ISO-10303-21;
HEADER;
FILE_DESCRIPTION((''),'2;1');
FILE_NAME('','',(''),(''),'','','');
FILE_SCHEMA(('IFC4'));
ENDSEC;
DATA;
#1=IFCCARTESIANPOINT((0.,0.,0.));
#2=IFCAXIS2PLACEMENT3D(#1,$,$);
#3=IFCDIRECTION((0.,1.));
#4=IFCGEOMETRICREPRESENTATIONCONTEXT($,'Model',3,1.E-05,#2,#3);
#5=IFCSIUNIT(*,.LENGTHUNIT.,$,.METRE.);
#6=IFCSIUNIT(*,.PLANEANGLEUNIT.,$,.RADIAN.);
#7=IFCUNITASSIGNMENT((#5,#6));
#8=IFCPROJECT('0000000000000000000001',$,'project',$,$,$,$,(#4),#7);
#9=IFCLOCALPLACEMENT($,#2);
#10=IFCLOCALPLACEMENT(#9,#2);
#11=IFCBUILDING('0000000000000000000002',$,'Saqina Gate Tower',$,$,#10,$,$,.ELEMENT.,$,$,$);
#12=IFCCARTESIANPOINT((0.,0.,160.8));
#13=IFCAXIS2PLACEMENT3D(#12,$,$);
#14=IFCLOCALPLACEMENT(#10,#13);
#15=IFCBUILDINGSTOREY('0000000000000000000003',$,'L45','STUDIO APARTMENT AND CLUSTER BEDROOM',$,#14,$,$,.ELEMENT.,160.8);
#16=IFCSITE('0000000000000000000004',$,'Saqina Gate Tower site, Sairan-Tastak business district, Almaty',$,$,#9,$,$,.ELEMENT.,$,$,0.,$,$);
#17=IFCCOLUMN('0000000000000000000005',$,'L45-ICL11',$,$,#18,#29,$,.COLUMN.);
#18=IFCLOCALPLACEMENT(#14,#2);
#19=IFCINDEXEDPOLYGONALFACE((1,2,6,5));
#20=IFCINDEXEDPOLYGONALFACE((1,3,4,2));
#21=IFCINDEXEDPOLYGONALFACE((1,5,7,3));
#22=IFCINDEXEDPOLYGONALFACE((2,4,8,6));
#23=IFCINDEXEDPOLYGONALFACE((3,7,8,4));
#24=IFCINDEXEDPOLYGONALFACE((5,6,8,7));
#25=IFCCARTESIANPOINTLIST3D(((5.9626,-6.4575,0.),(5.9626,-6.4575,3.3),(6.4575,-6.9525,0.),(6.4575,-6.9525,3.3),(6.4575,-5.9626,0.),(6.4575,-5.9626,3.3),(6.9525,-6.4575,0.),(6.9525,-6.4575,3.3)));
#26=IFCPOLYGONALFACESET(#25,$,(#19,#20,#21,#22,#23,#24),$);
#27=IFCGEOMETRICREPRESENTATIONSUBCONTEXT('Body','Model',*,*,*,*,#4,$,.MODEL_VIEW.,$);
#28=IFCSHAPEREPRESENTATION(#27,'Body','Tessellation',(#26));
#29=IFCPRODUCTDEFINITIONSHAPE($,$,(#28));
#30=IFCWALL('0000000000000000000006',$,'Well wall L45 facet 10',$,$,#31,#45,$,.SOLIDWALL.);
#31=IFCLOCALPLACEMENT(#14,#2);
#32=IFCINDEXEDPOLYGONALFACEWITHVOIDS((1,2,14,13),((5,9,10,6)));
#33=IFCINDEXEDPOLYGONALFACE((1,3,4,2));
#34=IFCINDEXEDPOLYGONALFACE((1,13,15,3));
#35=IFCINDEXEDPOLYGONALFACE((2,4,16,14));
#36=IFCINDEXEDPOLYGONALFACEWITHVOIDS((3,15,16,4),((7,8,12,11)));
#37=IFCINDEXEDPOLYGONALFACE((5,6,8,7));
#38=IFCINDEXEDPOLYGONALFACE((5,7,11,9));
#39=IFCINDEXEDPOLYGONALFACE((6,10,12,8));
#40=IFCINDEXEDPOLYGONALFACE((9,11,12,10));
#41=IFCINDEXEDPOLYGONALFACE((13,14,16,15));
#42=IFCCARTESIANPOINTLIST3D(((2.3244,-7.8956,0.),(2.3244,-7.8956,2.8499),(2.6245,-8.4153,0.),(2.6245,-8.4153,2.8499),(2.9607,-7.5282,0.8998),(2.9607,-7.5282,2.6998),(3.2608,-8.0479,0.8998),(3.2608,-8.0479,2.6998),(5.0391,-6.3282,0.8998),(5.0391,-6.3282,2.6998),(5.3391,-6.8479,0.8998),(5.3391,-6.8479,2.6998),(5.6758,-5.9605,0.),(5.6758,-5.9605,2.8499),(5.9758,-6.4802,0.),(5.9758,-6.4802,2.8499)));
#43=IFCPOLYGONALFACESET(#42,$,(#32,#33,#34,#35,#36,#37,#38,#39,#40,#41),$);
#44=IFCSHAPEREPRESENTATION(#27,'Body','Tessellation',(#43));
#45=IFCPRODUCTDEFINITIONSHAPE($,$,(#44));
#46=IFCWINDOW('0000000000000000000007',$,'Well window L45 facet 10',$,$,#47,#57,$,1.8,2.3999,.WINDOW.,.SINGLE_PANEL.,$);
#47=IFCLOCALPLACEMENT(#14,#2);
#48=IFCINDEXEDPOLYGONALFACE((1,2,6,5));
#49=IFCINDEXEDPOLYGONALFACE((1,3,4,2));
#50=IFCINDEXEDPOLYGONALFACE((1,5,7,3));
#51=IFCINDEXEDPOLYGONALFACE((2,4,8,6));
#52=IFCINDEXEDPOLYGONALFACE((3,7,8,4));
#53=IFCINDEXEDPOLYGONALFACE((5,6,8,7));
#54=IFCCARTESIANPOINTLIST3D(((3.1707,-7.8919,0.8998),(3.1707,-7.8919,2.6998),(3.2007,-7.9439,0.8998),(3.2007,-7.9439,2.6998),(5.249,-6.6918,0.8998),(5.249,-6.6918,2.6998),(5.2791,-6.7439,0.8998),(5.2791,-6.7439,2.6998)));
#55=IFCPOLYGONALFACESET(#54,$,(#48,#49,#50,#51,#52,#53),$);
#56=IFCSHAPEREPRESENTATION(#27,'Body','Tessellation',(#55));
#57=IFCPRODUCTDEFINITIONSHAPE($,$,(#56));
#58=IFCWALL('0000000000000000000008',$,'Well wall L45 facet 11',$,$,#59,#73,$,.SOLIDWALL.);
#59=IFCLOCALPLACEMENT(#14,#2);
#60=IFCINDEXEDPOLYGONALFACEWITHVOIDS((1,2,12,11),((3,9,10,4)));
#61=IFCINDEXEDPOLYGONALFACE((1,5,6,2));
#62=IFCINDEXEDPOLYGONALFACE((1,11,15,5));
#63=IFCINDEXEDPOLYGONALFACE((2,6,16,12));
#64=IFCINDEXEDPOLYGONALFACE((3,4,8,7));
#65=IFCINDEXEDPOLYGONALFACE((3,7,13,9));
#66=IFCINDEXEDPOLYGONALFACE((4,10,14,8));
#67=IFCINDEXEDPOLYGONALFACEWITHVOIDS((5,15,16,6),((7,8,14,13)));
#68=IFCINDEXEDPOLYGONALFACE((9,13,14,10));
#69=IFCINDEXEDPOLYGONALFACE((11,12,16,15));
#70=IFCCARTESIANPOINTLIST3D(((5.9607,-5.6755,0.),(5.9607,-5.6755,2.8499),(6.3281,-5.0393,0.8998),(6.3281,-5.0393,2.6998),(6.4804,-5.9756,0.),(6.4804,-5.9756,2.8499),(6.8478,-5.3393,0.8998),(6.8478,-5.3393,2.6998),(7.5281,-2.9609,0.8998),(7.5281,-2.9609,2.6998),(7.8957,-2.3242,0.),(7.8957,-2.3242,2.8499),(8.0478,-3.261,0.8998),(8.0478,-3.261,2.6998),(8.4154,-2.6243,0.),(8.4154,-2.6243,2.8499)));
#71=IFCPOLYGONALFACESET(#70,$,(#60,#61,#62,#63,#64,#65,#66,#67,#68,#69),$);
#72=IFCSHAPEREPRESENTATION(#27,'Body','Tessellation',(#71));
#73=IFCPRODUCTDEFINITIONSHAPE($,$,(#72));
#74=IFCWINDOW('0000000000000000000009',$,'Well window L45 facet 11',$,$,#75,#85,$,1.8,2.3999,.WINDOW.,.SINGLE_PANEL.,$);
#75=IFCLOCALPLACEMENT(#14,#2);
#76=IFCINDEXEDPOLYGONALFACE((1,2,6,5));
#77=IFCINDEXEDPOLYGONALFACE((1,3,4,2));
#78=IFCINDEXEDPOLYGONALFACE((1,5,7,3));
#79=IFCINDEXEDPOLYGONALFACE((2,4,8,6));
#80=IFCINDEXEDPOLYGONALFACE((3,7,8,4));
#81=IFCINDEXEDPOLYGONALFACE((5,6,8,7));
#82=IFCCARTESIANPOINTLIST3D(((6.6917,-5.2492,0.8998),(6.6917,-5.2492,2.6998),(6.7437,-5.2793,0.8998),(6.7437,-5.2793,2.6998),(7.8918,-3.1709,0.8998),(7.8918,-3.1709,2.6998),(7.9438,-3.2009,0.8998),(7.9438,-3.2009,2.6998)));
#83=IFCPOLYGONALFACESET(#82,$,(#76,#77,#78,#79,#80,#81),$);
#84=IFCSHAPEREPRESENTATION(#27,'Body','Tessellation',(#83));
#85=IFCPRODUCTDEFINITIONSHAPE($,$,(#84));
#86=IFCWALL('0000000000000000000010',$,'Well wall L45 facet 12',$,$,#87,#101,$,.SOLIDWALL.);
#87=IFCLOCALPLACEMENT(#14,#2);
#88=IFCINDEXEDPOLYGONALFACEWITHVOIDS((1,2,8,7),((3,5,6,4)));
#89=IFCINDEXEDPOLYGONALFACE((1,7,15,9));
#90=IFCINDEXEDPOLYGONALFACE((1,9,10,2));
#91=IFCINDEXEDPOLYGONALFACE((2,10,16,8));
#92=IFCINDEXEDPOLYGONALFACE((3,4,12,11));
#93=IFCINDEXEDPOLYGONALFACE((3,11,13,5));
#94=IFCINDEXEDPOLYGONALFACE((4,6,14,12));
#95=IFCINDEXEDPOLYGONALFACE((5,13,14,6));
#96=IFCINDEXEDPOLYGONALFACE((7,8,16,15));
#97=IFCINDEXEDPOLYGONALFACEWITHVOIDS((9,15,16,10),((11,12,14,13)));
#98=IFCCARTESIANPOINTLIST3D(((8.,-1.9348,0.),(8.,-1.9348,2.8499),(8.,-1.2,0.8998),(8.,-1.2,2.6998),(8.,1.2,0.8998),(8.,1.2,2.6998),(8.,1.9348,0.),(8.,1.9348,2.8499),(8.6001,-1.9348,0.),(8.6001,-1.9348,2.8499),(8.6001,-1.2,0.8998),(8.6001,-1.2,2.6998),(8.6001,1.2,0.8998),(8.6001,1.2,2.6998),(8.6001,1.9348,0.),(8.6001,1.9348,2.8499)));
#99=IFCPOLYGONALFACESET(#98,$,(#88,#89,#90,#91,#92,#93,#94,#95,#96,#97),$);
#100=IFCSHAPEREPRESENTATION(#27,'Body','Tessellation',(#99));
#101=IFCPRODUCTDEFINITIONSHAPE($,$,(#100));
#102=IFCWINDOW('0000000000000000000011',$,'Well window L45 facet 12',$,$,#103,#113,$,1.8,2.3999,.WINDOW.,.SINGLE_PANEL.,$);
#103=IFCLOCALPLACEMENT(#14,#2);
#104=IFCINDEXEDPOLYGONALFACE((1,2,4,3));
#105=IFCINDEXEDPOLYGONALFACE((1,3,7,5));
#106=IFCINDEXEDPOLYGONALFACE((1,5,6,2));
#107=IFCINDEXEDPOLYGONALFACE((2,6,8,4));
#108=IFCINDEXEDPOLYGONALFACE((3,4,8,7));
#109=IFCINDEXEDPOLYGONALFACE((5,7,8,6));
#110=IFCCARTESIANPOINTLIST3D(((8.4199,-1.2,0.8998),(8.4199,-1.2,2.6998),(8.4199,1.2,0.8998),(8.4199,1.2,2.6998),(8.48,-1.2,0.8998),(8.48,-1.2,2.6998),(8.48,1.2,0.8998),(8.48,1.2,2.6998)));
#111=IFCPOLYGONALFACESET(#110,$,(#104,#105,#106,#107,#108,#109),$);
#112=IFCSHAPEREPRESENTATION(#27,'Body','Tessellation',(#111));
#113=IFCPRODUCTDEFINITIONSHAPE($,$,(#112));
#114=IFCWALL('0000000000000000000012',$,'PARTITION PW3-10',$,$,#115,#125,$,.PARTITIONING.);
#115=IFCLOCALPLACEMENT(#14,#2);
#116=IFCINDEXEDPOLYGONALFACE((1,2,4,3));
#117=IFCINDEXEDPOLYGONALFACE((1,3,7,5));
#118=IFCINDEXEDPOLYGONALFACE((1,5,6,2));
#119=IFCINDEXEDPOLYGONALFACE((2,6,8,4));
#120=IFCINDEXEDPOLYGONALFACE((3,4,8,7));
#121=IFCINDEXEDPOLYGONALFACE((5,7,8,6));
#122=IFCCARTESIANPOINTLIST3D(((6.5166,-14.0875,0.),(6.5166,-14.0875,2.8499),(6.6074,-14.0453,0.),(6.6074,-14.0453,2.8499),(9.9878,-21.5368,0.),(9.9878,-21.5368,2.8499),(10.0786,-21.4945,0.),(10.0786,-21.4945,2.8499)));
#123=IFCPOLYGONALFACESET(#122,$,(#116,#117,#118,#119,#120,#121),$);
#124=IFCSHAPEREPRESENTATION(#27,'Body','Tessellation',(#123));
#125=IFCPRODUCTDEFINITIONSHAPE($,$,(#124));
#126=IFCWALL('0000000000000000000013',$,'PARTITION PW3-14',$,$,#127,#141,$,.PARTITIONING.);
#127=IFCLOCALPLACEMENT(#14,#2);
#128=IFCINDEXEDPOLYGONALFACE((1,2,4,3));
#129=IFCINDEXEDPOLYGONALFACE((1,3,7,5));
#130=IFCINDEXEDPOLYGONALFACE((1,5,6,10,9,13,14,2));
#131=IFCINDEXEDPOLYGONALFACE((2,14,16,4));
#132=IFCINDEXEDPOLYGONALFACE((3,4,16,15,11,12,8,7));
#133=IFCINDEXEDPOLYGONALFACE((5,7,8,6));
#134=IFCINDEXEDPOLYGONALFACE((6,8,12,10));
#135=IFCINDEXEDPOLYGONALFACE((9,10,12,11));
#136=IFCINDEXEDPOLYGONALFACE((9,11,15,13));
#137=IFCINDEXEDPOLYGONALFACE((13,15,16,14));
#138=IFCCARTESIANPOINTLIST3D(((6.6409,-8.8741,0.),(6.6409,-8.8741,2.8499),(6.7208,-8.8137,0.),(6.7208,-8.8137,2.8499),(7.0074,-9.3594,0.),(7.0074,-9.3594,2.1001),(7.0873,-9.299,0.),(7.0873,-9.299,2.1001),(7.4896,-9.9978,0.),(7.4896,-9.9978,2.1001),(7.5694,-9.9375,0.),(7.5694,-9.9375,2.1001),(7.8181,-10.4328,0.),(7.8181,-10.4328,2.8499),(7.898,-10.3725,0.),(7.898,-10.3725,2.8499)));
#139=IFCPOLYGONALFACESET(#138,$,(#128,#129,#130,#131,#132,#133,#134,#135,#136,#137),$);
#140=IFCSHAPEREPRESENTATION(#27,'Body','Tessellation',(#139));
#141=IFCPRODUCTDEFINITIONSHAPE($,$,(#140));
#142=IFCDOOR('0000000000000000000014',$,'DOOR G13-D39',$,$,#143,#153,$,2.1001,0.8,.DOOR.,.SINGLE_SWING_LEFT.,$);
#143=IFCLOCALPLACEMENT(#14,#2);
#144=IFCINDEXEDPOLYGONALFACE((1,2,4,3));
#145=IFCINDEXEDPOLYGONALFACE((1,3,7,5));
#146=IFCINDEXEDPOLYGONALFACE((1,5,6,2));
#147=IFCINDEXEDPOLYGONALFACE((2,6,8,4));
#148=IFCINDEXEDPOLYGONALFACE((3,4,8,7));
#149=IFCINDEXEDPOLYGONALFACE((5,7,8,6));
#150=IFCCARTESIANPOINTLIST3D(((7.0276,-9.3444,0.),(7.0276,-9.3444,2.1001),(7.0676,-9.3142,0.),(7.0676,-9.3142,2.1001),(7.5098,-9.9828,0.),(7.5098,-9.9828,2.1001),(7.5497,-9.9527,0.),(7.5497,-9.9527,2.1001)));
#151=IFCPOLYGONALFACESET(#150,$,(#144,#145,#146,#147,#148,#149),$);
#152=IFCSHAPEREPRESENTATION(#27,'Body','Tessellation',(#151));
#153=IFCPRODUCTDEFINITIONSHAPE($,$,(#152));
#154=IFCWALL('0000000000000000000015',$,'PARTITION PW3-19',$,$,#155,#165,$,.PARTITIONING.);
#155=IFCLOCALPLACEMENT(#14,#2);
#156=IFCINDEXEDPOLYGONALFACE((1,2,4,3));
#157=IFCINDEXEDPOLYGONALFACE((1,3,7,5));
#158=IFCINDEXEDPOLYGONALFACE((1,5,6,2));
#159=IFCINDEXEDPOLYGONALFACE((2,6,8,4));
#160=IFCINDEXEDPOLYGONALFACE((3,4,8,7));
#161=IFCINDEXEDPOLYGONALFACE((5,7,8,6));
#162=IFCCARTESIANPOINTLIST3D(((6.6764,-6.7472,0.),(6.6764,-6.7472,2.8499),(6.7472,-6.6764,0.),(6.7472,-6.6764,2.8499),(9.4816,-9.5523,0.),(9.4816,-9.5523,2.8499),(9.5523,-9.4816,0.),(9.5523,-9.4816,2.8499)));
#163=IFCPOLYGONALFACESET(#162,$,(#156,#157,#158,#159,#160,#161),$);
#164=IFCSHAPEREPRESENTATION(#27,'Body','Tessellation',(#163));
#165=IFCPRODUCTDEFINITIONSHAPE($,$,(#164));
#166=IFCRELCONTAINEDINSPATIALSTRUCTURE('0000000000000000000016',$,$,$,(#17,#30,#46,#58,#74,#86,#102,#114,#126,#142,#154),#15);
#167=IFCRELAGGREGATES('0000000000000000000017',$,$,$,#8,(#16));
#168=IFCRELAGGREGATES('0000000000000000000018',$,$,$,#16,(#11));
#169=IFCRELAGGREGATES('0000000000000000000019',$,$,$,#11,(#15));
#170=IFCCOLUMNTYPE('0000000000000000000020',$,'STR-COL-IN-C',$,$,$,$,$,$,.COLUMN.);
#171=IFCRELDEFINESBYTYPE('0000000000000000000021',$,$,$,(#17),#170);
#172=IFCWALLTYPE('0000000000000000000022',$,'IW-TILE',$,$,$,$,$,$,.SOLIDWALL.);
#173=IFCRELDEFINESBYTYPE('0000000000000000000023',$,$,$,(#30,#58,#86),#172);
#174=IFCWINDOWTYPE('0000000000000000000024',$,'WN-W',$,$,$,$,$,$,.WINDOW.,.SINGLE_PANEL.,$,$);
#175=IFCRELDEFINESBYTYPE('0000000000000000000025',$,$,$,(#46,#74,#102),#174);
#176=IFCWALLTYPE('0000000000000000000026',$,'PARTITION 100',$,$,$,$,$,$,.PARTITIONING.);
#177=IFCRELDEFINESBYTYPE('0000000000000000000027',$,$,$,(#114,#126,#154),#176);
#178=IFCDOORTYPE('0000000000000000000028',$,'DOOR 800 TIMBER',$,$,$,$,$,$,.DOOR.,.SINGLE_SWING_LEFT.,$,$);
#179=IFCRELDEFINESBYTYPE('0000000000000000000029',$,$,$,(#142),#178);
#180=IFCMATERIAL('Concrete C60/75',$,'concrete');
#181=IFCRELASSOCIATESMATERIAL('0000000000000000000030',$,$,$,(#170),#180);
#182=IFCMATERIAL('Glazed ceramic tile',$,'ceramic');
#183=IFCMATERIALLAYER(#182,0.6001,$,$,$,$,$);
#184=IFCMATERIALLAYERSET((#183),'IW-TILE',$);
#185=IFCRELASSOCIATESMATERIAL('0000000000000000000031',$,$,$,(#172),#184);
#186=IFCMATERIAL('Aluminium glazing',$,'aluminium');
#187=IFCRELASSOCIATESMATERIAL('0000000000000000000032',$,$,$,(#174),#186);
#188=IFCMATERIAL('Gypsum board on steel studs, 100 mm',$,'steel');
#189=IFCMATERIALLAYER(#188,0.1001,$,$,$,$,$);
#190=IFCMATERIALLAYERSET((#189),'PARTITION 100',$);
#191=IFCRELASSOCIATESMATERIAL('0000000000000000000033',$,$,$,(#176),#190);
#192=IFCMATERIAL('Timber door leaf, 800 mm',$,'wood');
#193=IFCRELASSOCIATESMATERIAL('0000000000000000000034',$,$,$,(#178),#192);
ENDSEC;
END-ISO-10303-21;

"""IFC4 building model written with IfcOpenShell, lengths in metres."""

from ifc_helpers import new_model, si_unit, direction, frame, frame_2d, origin, origin_2d, place, context, subcontext, project, spatial, rectangle, extrude, material, layer, layer_set, material_profile, profile_set, type_object, element, fill, save


model = new_model("IFC4")

# Units and contexts
model_context = context("Model", 3, precision=1e-05, world=origin(), true_north=direction((0.0, 1.0)))
body_context = subcontext(model_context, "Body", "Model", "MODEL_VIEW")
ifc_project = project(units=[si_unit("LENGTHUNIT", "METRE"), si_unit("PLANEANGLEUNIT", "RADIAN")], contexts=[model_context])

# Site, building, storey
site_placement = place(None, origin())
site = spatial("IfcSite", under=ifc_project, at=site_placement, Name="Saqina Gate Tower site, Sairan-Tastak business district, Almaty", CompositionType="ELEMENT", RefElevation=0.0)
building_placement = place(site_placement, origin())
building = spatial("IfcBuilding", under=site, at=building_placement, Name="Saqina Gate Tower", CompositionType="ELEMENT")
storey_placement = place(building_placement, frame((0.0, 0.0, 160.8)))
storey = spatial("IfcBuildingStorey", under=building, at=storey_placement, Name="L45", Description="STUDIO APARTMENT AND CLUSTER BEDROOM", CompositionType="ELEMENT", Elevation=160.8)

# Column
ifc_material_1 = material(Name="Concrete C60/75", Category="concrete")
ifc_material_profile = material_profile(ifc_material_1, rectangle(XDim=0.7, YDim=0.7, at=origin_2d()), Name="RC 700x700")
ifc_profile_set = profile_set([ifc_material_profile], Name="Concrete C60/75")
column_type = type_object("IfcColumnType", Name="STR-COL-IN-C", PredefinedType="COLUMN", material=ifc_profile_set)
column_placement = place(storey_placement, frame((6.4575, -6.4575, 0.0), z_axis=(0.0, 0.0, 1.0), x_axis=(0.707107, -0.707107, 0.0)))
element("IfcColumn", 1, at=column_placement, inside=storey, type_object=column_type, Name="L45-ICL11", PredefinedType="COLUMN", context=body_context, shape_type="SweptSolid", body=[
    extrude(rectangle(XDim=0.7, YDim=0.7, at=origin_2d()), origin(), (0.0, 0.0, 1.0), 3.3),
])

# Walls, openings, windows
ifc_material_2 = material(Name="Glazed ceramic tile", Category="ceramic")
ifc_layer_1 = layer(ifc_material_2, 0.6001)
ifc_layer_set_1 = layer_set([ifc_layer_1], Name="IW-TILE")
wall_type_1 = type_object("IfcWallType", Name="IW-TILE", PredefinedType="SOLIDWALL", material=ifc_layer_set_1)
wall_1_placement = place(storey_placement, frame((2.4744, -8.1555, 0.0), z_axis=(0.0, 0.0, 1.0), x_axis=(0.866006, 0.500034, 0.0)))
wall_1 = element("IfcWall", 2, at=wall_1_placement, inside=storey, type_object=wall_type_1, Name="Well wall L45 facet 10", PredefinedType="SOLIDWALL", context=body_context, shape_type="SweptSolid", body=[
    extrude(rectangle(XDim=3.8699, YDim=0.6001, at=frame_2d((1.9351, 0.0))), origin(), (0.0, 0.0, 1.0), 2.8499),
])
opening_1_placement = place(wall_1_placement, frame((0.7349, 0.0, 0.8999)))
opening_1 = element("IfcOpeningElement", 3, at=opening_1_placement, cuts=wall_1, PredefinedType="OPENING", context=body_context, shape_type="SweptSolid", body=[
    extrude(rectangle(XDim=2.3999, YDim=1.8, at=frame_2d((1.2, 0.8999))), frame((0.0, 0.312, 0.0), z_axis=(0.0, -1.0, 0.0), x_axis=(1.0, 0.0, 0.0)), (0.0, 0.0, 1.0), 0.624),
])
ifc_material_3 = material(Name="Aluminium glazing", Category="aluminium")
window_type = type_object("IfcWindowType", Name="WN-W", PartitioningType="SINGLE_PANEL", PredefinedType="WINDOW", material=ifc_material_3)
window_1_placement = place(opening_1_placement, origin())
window_1 = element("IfcWindow", 4, at=window_1_placement, inside=storey, type_object=window_type, Name="Well window L45 facet 10", OverallHeight=1.8, OverallWidth=2.3999, PartitioningType="SINGLE_PANEL", PredefinedType="WINDOW", context=body_context, shape_type="SweptSolid", body=[
    extrude(rectangle(XDim=2.3999, YDim=1.8, at=frame_2d((1.2, 0.8999))), frame((0.0, -0.1199, 0.0), z_axis=(0.0, -1.0, 0.0), x_axis=(1.0, 0.0, 0.0)), (0.0, 0.0, 1.0), 0.0601),
])
fill(opening_1, window_1)
wall_2_placement = place(storey_placement, frame((6.2205, -5.8257, 0.0), z_axis=(0.0, 0.0, 1.0), x_axis=(0.500034, 0.866006, 0.0)))
wall_2 = element("IfcWall", 5, at=wall_2_placement, inside=storey, type_object=wall_type_1, Name="Well wall L45 facet 11", PredefinedType="SOLIDWALL", context=body_context, shape_type="SweptSolid", body=[
    extrude(rectangle(XDim=3.8699, YDim=0.6001, at=frame_2d((1.9351, 0.0))), origin(), (0.0, 0.0, 1.0), 2.8499),
])
opening_2_placement = place(wall_2_placement, frame((0.7349, 0.0, 0.8999)))
opening_2 = element("IfcOpeningElement", 6, at=opening_2_placement, cuts=wall_2, PredefinedType="OPENING", context=body_context, shape_type="SweptSolid", body=[
    extrude(rectangle(XDim=2.3999, YDim=1.8, at=frame_2d((1.2, 0.8999))), frame((0.0, 0.312, 0.0), z_axis=(0.0, -1.0, 0.0), x_axis=(1.0, 0.0, 0.0)), (0.0, 0.0, 1.0), 0.624),
])
window_2_placement = place(opening_2_placement, origin())
window_2 = element("IfcWindow", 7, at=window_2_placement, inside=storey, type_object=window_type, Name="Well window L45 facet 11", OverallHeight=1.8, OverallWidth=2.3999, PartitioningType="SINGLE_PANEL", PredefinedType="WINDOW", context=body_context, shape_type="SweptSolid", body=[
    extrude(rectangle(XDim=2.3999, YDim=1.8, at=frame_2d((1.2, 0.8999))), frame((0.0, -0.1199, 0.0), z_axis=(0.0, -1.0, 0.0), x_axis=(1.0, 0.0, 0.0)), (0.0, 0.0, 1.0), 0.0601),
])
fill(opening_2, window_2)
wall_3_placement = place(storey_placement, frame((8.3, -1.9348, 0.0), z_axis=(0.0, 0.0, 1.0), x_axis=(0.0, 1.0, 0.0)))
wall_3 = element("IfcWall", 8, at=wall_3_placement, inside=storey, type_object=wall_type_1, Name="Well wall L45 facet 12", PredefinedType="SOLIDWALL", context=body_context, shape_type="SweptSolid", body=[
    extrude(rectangle(XDim=3.8696, YDim=0.6001, at=frame_2d((1.9348, 0.0))), origin(), (0.0, 0.0, 1.0), 2.8499),
])
opening_3_placement = place(wall_3_placement, frame((0.7349, 0.0, 0.8999)))
opening_3 = element("IfcOpeningElement", 9, at=opening_3_placement, cuts=wall_3, PredefinedType="OPENING", context=body_context, shape_type="SweptSolid", body=[
    extrude(rectangle(XDim=2.3999, YDim=1.8, at=frame_2d((1.2, 0.8999))), frame((0.0, 0.312, 0.0), z_axis=(0.0, -1.0, 0.0), x_axis=(1.0, 0.0, 0.0)), (0.0, 0.0, 1.0), 0.624),
])
window_3_placement = place(opening_3_placement, origin())
window_3 = element("IfcWindow", 10, at=window_3_placement, inside=storey, type_object=window_type, Name="Well window L45 facet 12", OverallHeight=1.8, OverallWidth=2.3999, PartitioningType="SINGLE_PANEL", PredefinedType="WINDOW", context=body_context, shape_type="SweptSolid", body=[
    extrude(rectangle(XDim=2.3999, YDim=1.8, at=frame_2d((1.2, 0.8999))), frame((0.0, -0.1199, 0.0), z_axis=(0.0, -1.0, 0.0), x_axis=(1.0, 0.0, 0.0)), (0.0, 0.0, 1.0), 0.0601),
])
fill(opening_3, window_3)

# Wall
ifc_material_4 = material(Name="Gypsum board on steel studs, 100 mm", Category="steel")
ifc_layer_2 = layer(ifc_material_4, 0.1001)
ifc_layer_set_2 = layer_set([ifc_layer_2], Name="PARTITION 100")
wall_type_2 = type_object("IfcWallType", Name="PARTITION 100", PredefinedType="PARTITIONING", material=ifc_layer_set_2)
wall_4_placement = place(storey_placement, frame((6.562, -14.0664, 0.0), z_axis=(0.0, 0.0, 1.0), x_axis=(0.422375, -0.906421, 0.0)))
element("IfcWall", 11, at=wall_4_placement, inside=storey, type_object=wall_type_2, Name="PARTITION PW3-10", PredefinedType="PARTITIONING", context=body_context, shape_type="SweptSolid", body=[
    extrude(rectangle(XDim=8.2183, YDim=0.1001, at=frame_2d((4.1091, 0.0))), origin(), (0.0, 0.0, 1.0), 2.8499),
])

# Wall, opening, door
wall_5_placement = place(storey_placement, frame((6.6809, -8.844, 0.0), z_axis=(0.0, 0.0, 1.0), x_axis=(0.602656, -0.798001, 0.0)))
wall_5 = element("IfcWall", 12, at=wall_5_placement, inside=storey, type_object=wall_type_2, Name="PARTITION PW3-14", PredefinedType="PARTITIONING", context=body_context, shape_type="SweptSolid", body=[
    extrude(rectangle(XDim=1.9534, YDim=0.1001, at=frame_2d((0.9766, 0.0))), origin(), (0.0, 0.0, 1.0), 2.8499),
])
opening_4_placement = place(wall_5_placement, frame((0.6082, 0.0, 0.0)))
opening_4 = element("IfcOpeningElement", 13, at=opening_4_placement, cuts=wall_5, PredefinedType="OPENING", context=body_context, shape_type="SweptSolid", body=[
    extrude(rectangle(XDim=0.8, YDim=2.1001, at=frame_2d((0.3999, 1.05))), frame((0.0, 0.062, 0.0), z_axis=(0.0, -1.0, 0.0), x_axis=(1.0, 0.0, 0.0)), (0.0, 0.0, 1.0), 0.124),
])
ifc_material_5 = material(Name="Timber door leaf, 800 mm", Category="wood")
door_type_1 = type_object("IfcDoorType", Name="DOOR 800 TIMBER", OperationType="SINGLE_SWING_LEFT", PredefinedType="DOOR", material=ifc_material_5)
door_1_placement = place(opening_4_placement, frame((0.8, 0.0, 0.0), z_axis=(0.0, 0.0, 1.0), x_axis=(-1.0, 0.0, 0.0)))
door_1 = element("IfcDoor", 14, at=door_1_placement, inside=storey, type_object=door_type_1, Name="DOOR G13-D39", OperationType="SINGLE_SWING_LEFT", OverallHeight=2.1001, OverallWidth=0.8, PredefinedType="DOOR", context=body_context, shape_type="SweptSolid", body=[
    extrude(rectangle(XDim=0.8, YDim=2.1001, at=frame_2d((0.3999, 1.05))), frame((0.0, 0.0249, 0.0), z_axis=(0.0, -1.0, 0.0), x_axis=(1.0, 0.0, 0.0)), (0.0, 0.0, 1.0), 0.05),
])
fill(opening_4, door_1)

# Wall
wall_6_placement = place(storey_placement, frame((6.7119, -6.7119, 0.0), z_axis=(0.0, 0.0, 1.0), x_axis=(0.707107, -0.707107, 0.0)))
element("IfcWall", 15, at=wall_6_placement, inside=storey, type_object=wall_type_2, Name="PARTITION PW3-19", PredefinedType="PARTITIONING", context=body_context, shape_type="SweptSolid", body=[
    extrude(rectangle(XDim=3.967, YDim=0.1001, at=frame_2d((1.9834, 0.0))), origin(), (0.0, 0.0, 1.0), 2.8499),
])

save(model, "model.ifc")
